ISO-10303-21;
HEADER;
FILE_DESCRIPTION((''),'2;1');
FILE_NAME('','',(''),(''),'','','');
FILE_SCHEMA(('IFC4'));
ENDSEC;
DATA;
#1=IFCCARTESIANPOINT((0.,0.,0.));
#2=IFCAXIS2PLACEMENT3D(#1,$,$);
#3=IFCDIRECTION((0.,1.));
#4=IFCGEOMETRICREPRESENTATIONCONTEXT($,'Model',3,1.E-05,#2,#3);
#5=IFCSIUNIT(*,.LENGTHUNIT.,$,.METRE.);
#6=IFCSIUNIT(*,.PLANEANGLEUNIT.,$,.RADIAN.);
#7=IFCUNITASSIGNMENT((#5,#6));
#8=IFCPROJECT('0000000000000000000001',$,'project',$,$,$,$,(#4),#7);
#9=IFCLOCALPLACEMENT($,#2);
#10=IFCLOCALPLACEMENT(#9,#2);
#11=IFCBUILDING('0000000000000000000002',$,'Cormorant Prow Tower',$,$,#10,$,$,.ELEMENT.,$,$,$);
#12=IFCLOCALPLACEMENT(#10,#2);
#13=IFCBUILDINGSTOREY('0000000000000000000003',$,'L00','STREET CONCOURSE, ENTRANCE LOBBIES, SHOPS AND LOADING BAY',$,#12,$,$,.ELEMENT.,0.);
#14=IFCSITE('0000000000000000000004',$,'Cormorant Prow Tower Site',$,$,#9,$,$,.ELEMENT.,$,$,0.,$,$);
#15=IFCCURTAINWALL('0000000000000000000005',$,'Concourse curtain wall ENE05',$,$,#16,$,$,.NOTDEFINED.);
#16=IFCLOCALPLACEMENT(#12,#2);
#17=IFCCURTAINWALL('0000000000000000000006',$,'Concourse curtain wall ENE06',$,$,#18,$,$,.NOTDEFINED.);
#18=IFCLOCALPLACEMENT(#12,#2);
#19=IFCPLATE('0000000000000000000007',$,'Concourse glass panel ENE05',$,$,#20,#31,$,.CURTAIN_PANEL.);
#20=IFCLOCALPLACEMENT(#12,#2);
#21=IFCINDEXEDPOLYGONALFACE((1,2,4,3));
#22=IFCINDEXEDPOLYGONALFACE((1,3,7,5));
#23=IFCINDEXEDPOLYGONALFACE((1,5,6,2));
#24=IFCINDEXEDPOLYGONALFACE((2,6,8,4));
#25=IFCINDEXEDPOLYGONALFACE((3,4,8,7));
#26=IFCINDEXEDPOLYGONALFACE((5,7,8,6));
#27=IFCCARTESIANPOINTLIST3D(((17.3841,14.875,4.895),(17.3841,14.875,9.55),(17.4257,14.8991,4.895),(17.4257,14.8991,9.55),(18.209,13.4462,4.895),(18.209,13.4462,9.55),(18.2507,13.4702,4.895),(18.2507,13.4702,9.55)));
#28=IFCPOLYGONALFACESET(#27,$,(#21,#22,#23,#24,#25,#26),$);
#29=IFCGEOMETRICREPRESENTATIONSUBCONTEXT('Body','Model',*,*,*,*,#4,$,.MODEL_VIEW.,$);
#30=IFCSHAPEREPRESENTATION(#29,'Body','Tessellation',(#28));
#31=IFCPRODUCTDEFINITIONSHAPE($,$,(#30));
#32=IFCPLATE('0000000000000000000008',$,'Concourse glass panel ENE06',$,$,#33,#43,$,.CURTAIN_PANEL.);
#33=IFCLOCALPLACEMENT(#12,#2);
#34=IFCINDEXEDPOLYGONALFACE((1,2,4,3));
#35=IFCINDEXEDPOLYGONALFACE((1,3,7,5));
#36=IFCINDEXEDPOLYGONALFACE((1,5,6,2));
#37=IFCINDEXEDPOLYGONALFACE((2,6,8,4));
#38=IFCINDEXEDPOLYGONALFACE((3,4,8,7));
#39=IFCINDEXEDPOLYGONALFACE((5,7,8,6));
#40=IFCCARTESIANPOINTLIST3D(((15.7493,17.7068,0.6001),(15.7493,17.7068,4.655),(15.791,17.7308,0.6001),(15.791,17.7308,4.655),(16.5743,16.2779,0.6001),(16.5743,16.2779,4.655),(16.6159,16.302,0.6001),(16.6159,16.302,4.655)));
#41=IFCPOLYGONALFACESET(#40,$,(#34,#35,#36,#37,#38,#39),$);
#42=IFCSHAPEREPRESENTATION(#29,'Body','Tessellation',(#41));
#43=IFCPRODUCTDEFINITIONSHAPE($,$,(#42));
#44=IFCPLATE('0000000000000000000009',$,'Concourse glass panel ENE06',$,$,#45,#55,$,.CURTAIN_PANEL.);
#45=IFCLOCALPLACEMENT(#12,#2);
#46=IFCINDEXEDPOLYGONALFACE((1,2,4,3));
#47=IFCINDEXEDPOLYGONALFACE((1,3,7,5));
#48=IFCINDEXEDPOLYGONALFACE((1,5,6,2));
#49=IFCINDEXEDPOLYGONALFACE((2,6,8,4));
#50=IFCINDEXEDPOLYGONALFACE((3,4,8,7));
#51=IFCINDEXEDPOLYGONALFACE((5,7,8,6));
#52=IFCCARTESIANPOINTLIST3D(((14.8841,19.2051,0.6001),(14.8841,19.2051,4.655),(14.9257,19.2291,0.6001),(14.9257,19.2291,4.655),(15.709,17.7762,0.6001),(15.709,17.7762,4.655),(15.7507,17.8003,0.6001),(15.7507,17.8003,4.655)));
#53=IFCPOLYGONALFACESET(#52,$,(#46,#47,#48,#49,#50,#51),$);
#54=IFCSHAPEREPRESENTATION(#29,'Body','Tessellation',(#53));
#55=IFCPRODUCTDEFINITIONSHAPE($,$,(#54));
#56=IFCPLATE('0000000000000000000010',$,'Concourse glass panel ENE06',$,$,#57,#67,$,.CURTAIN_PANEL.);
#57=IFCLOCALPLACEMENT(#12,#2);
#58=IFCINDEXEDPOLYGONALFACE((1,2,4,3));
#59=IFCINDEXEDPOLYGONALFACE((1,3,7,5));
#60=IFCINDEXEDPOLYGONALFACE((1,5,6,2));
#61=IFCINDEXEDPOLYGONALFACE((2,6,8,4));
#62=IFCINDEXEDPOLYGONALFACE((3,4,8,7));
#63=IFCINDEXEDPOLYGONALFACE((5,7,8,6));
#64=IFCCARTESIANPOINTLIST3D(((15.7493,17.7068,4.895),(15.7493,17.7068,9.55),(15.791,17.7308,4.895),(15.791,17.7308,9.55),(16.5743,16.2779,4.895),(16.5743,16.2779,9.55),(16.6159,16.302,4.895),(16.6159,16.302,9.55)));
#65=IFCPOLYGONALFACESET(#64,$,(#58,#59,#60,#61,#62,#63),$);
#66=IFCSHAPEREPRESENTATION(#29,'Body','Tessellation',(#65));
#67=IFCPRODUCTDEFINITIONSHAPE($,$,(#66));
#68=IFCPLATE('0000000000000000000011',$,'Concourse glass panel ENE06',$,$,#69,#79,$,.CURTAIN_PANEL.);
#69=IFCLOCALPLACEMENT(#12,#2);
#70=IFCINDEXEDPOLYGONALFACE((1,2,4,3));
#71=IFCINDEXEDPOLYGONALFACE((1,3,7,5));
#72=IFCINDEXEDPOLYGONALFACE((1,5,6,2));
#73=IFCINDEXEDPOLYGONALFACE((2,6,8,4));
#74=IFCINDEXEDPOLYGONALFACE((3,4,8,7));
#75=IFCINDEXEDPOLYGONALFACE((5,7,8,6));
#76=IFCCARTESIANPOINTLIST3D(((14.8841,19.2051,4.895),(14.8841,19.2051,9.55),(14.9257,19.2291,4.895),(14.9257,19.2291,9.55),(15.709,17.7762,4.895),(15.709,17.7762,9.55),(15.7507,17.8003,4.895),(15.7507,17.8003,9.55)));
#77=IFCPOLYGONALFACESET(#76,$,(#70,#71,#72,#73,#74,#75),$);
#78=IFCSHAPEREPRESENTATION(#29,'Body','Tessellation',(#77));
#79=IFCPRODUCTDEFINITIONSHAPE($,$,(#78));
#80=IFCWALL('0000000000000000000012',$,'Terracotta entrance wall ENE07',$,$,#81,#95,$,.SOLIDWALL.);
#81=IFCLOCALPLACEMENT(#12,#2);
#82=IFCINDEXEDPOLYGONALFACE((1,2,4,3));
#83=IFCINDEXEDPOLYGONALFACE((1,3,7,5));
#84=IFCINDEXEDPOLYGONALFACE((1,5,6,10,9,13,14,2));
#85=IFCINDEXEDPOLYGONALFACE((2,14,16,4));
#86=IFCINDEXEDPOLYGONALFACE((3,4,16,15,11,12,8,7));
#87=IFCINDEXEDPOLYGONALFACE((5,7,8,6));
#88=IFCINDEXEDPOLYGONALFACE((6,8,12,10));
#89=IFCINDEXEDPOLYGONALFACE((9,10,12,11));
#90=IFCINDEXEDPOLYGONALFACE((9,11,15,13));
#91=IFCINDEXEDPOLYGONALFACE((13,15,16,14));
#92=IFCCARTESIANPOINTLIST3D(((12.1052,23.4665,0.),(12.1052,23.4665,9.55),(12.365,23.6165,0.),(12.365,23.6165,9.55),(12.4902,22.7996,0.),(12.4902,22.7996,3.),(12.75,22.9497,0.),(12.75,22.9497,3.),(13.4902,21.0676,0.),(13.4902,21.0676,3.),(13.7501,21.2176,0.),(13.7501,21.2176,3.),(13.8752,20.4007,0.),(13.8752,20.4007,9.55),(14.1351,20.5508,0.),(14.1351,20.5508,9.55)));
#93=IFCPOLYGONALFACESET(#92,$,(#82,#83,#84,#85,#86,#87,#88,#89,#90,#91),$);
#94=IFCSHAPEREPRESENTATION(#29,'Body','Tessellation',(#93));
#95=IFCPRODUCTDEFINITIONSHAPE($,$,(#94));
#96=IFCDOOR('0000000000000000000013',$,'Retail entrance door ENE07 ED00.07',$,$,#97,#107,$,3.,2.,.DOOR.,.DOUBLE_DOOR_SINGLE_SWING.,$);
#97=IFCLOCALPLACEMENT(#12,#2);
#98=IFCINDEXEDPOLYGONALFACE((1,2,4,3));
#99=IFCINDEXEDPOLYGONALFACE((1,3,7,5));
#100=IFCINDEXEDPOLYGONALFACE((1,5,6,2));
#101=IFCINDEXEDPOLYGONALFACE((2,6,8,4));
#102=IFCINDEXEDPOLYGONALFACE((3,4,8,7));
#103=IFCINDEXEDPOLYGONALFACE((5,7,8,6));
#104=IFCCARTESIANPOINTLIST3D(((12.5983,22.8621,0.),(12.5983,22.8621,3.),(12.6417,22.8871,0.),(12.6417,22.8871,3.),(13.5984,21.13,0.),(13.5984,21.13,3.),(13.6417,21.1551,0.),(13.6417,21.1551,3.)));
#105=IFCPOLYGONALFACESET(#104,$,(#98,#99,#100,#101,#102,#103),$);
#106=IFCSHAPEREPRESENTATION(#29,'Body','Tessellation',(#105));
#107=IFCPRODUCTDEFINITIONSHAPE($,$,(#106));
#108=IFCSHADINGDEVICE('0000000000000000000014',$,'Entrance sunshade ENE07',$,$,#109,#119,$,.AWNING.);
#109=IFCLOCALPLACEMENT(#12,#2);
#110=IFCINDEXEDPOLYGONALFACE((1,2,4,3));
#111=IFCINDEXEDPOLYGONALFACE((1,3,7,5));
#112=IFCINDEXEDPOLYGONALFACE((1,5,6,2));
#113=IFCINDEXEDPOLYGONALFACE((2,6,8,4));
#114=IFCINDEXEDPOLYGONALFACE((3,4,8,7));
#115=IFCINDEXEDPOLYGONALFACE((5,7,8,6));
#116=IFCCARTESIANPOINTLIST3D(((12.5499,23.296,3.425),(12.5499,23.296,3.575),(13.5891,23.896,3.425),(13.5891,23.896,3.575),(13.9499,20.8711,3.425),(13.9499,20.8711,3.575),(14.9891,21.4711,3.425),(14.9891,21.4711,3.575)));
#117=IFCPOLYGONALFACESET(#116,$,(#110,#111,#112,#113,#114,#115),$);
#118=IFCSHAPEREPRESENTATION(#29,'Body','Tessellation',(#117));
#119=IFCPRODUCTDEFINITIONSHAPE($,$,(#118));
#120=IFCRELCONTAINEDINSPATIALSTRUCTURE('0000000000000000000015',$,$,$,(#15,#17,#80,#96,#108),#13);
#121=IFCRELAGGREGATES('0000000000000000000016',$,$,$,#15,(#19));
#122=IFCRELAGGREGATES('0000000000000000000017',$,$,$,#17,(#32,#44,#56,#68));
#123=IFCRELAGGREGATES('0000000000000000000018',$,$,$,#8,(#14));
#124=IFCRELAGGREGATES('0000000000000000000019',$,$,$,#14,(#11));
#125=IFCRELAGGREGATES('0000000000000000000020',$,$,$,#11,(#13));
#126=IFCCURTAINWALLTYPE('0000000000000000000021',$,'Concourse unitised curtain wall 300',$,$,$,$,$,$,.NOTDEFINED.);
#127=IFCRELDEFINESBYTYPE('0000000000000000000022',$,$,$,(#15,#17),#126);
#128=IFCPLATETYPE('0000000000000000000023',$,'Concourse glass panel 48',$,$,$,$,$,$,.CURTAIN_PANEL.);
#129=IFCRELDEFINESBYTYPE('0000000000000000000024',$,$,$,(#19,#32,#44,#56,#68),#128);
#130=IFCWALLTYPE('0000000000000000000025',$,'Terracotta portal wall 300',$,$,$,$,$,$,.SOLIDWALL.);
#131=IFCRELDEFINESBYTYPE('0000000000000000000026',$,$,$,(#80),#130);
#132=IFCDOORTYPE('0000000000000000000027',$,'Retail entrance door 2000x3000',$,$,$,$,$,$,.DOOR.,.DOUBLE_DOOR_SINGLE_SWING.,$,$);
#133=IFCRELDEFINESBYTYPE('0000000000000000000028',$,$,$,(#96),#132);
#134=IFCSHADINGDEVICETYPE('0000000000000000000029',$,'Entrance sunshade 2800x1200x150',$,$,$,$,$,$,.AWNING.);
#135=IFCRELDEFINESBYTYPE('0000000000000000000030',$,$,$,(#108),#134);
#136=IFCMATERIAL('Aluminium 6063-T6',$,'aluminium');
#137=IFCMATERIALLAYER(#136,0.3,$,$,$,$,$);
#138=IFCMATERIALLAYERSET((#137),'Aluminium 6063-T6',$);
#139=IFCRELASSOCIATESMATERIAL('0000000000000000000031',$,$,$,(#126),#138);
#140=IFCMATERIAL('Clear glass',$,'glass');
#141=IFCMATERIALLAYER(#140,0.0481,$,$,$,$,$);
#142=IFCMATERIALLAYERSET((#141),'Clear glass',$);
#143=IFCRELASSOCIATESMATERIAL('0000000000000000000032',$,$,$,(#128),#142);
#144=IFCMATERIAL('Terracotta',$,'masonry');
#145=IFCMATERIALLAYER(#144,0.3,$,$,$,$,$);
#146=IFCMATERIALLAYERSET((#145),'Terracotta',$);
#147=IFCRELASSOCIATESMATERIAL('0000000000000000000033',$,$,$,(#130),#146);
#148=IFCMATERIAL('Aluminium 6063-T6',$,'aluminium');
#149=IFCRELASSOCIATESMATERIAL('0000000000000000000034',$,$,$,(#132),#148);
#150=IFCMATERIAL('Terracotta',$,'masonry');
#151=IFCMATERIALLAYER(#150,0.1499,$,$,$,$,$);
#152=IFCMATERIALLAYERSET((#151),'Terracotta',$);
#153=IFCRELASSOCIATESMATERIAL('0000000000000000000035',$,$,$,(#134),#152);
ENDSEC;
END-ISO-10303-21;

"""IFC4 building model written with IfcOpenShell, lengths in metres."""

from ifc_helpers import new_model, si_unit, direction, frame, frame_2d, origin, origin_2d, place, context, subcontext, project, spatial, rectangle, extrude, material, layer, layer_set, type_object, element, fill, aggregate, save


model = new_model("IFC4")

# Units and contexts
model_context = context("Model", 3, precision=1e-05, world=origin(), true_north=direction((0.0, 1.0)))
body_context = subcontext(model_context, "Body", "Model", "MODEL_VIEW")
ifc_project = project(units=[si_unit("LENGTHUNIT", "METRE"), si_unit("PLANEANGLEUNIT", "RADIAN")], contexts=[model_context])

# Site, building, storey
site_placement = place(None, origin())
site = spatial("IfcSite", under=ifc_project, at=site_placement, Name="Cormorant Prow Tower Site", CompositionType="ELEMENT", RefElevation=0.0)
building_placement = place(site_placement, origin())
building = spatial("IfcBuilding", under=site, at=building_placement, Name="Cormorant Prow Tower", CompositionType="ELEMENT")
storey_placement = place(building_placement, origin())
storey = spatial("IfcBuildingStorey", under=building, at=storey_placement, Name="L00", Description="STREET CONCOURSE, ENTRANCE LOBBIES, SHOPS AND LOADING BAY", CompositionType="ELEMENT", Elevation=0.0)

# Curtain walls
ifc_material_1 = material(Name="Aluminium 6063-T6", Category="aluminium")
ifc_layer_1 = layer(ifc_material_1, 0.3)
ifc_layer_set_1 = layer_set([ifc_layer_1], Name="Aluminium 6063-T6")
curtain_wall_type = type_object("IfcCurtainWallType", Name="Concourse unitised curtain wall 300", PredefinedType="NOTDEFINED", material=ifc_layer_set_1)
curtain_wall_1_placement = place(storey_placement, origin())
curtain_wall_1 = element("IfcCurtainWall", 1, at=curtain_wall_1_placement, inside=storey, type_object=curtain_wall_type, Name="Concourse curtain wall ENE05", PredefinedType="NOTDEFINED")
curtain_wall_2_placement = place(storey_placement, origin())
curtain_wall_2 = element("IfcCurtainWall", 2, at=curtain_wall_2_placement, inside=storey, type_object=curtain_wall_type, Name="Concourse curtain wall ENE06", PredefinedType="NOTDEFINED")

# Plates
ifc_material_2 = material(Name="Clear glass", Category="glass")
ifc_layer_2 = layer(ifc_material_2, 0.0481)
ifc_layer_set_2 = layer_set([ifc_layer_2], Name="Clear glass")
plate_type = type_object("IfcPlateType", Name="Concourse glass panel 48", PredefinedType="CURTAIN_PANEL", material=ifc_layer_set_2)
plate_1_placement = place(storey_placement, frame((17.8174, 14.1726, 4.895), z_axis=(0.0, 0.0, 1.0), x_axis=(-0.5, 0.866025, 0.0)))
plate_1 = element("IfcPlate", 3, at=plate_1_placement, type_object=plate_type, Name="Concourse glass panel ENE05", PredefinedType="CURTAIN_PANEL", context=body_context, shape_type="SweptSolid", body=[
    extrude(rectangle(XDim=1.6499, YDim=0.0481, at=origin_2d()), origin(), (0.0, 0.0, 1.0), 4.655),
])
aggregate(curtain_wall_1, [plate_1])
plate_2_placement = place(storey_placement, frame((16.1826, 17.0044, 0.6001), z_axis=(0.0, 0.0, 1.0), x_axis=(-0.5, 0.866025, 0.0)))
plate_2 = element("IfcPlate", 4, at=plate_2_placement, type_object=plate_type, Name="Concourse glass panel ENE06", PredefinedType="CURTAIN_PANEL", context=body_context, shape_type="SweptSolid", body=[
    extrude(rectangle(XDim=1.6499, YDim=0.0481, at=origin_2d()), origin(), (0.0, 0.0, 1.0), 4.0549),
])
plate_3_placement = place(storey_placement, frame((15.3174, 18.5027, 0.6001), z_axis=(0.0, 0.0, 1.0), x_axis=(-0.5, 0.866025, 0.0)))
plate_3 = element("IfcPlate", 5, at=plate_3_placement, type_object=plate_type, Name="Concourse glass panel ENE06", PredefinedType="CURTAIN_PANEL", context=body_context, shape_type="SweptSolid", body=[
    extrude(rectangle(XDim=1.6499, YDim=0.0481, at=origin_2d()), origin(), (0.0, 0.0, 1.0), 4.0549),
])
plate_4_placement = place(storey_placement, frame((16.1826, 17.0044, 4.895), z_axis=(0.0, 0.0, 1.0), x_axis=(-0.5, 0.866025, 0.0)))
plate_4 = element("IfcPlate", 6, at=plate_4_placement, type_object=plate_type, Name="Concourse glass panel ENE06", PredefinedType="CURTAIN_PANEL", context=body_context, shape_type="SweptSolid", body=[
    extrude(rectangle(XDim=1.6499, YDim=0.0481, at=origin_2d()), origin(), (0.0, 0.0, 1.0), 4.655),
])
plate_5_placement = place(storey_placement, frame((15.3174, 18.5027, 4.895), z_axis=(0.0, 0.0, 1.0), x_axis=(-0.5, 0.866025, 0.0)))
plate_5 = element("IfcPlate", 7, at=plate_5_placement, type_object=plate_type, Name="Concourse glass panel ENE06", PredefinedType="CURTAIN_PANEL", context=body_context, shape_type="SweptSolid", body=[
    extrude(rectangle(XDim=1.6499, YDim=0.0481, at=origin_2d()), origin(), (0.0, 0.0, 1.0), 4.655),
])
aggregate(curtain_wall_2, [plate_2, plate_3, plate_4, plate_5])

# Wall, opening, door
ifc_material_3 = material(Name="Terracotta", Category="masonry")
ifc_layer_3 = layer(ifc_material_3, 0.3)
ifc_layer_set_3 = layer_set([ifc_layer_3], Name="Terracotta")
wall_type = type_object("IfcWallType", Name="Terracotta portal wall 300", PredefinedType="SOLIDWALL", material=ifc_layer_set_3)
wall_placement = place(storey_placement, frame((12.2351, 23.5415, 0.0), z_axis=(0.0, 0.0, 1.0), x_axis=(0.500011, -0.866019, 0.0)))
wall = element("IfcWall", 8, at=wall_placement, inside=storey, type_object=wall_type, Name="Terracotta entrance wall ENE07", PredefinedType="SOLIDWALL", context=body_context, shape_type="SweptSolid", body=[
    extrude(rectangle(XDim=3.54, YDim=0.3, at=frame_2d((1.77, 0.0))), origin(), (0.0, 0.0, 1.0), 9.55),
])
opening_placement = place(wall_placement, frame((0.77, 0.0, 0.0)))
opening = element("IfcOpeningElement", 9, at=opening_placement, cuts=wall, PredefinedType="OPENING", context=body_context, shape_type="SweptSolid", body=[
    extrude(rectangle(XDim=2.0, YDim=3.0, at=frame_2d((1.0, 1.5))), frame((0.0, 0.1599, 0.0), z_axis=(0.0, -1.0, 0.0), x_axis=(1.0, 0.0, 0.0)), (0.0, 0.0, 1.0), 0.3201),
])
ifc_material_4 = material(Name="Aluminium 6063-T6", Category="aluminium")
door_type = type_object("IfcDoorType", Name="Retail entrance door 2000x3000", OperationType="DOUBLE_DOOR_SINGLE_SWING", PredefinedType="DOOR", material=ifc_material_4)
door_placement = place(opening_placement, origin())
door = element("IfcDoor", 10, at=door_placement, inside=storey, type_object=door_type, Name="Retail entrance door ENE07 ED00.07", OperationType="DOUBLE_DOOR_SINGLE_SWING", OverallHeight=3.0, OverallWidth=2.0, PredefinedType="DOOR", context=body_context, shape_type="SweptSolid", body=[
    extrude(rectangle(XDim=2.0, YDim=3.0, at=frame_2d((1.0, 1.5))), frame((0.0, 0.0249, 0.0), z_axis=(0.0, -1.0, 0.0), x_axis=(1.0, 0.0, 0.0)), (0.0, 0.0, 1.0), 0.05),
])
fill(opening, door)

# Shading device
ifc_material_5 = material(Name="Terracotta", Category="masonry")
ifc_layer_4 = layer(ifc_material_5, 0.1499)
ifc_layer_set_4 = layer_set([ifc_layer_4], Name="Terracotta")
shading_device_type = type_object("IfcShadingDeviceType", Name="Entrance sunshade 2800x1200x150", PredefinedType="AWNING", material=ifc_layer_set_4)
shading_device_placement = place(storey_placement, frame((13.7695, 22.3835, 3.425), z_axis=(0.0, 0.0, 1.0), x_axis=(-0.5, 0.866025, 0.0)))
element("IfcShadingDevice", 11, at=shading_device_placement, inside=storey, type_object=shading_device_type, Name="Entrance sunshade ENE07", PredefinedType="AWNING", context=body_context, shape_type="SweptSolid", body=[
    extrude(rectangle(XDim=2.8, YDim=1.2, at=origin_2d()), origin(), (0.0, 0.0, 1.0), 0.1499),
])

save(model, "model.ifc")
